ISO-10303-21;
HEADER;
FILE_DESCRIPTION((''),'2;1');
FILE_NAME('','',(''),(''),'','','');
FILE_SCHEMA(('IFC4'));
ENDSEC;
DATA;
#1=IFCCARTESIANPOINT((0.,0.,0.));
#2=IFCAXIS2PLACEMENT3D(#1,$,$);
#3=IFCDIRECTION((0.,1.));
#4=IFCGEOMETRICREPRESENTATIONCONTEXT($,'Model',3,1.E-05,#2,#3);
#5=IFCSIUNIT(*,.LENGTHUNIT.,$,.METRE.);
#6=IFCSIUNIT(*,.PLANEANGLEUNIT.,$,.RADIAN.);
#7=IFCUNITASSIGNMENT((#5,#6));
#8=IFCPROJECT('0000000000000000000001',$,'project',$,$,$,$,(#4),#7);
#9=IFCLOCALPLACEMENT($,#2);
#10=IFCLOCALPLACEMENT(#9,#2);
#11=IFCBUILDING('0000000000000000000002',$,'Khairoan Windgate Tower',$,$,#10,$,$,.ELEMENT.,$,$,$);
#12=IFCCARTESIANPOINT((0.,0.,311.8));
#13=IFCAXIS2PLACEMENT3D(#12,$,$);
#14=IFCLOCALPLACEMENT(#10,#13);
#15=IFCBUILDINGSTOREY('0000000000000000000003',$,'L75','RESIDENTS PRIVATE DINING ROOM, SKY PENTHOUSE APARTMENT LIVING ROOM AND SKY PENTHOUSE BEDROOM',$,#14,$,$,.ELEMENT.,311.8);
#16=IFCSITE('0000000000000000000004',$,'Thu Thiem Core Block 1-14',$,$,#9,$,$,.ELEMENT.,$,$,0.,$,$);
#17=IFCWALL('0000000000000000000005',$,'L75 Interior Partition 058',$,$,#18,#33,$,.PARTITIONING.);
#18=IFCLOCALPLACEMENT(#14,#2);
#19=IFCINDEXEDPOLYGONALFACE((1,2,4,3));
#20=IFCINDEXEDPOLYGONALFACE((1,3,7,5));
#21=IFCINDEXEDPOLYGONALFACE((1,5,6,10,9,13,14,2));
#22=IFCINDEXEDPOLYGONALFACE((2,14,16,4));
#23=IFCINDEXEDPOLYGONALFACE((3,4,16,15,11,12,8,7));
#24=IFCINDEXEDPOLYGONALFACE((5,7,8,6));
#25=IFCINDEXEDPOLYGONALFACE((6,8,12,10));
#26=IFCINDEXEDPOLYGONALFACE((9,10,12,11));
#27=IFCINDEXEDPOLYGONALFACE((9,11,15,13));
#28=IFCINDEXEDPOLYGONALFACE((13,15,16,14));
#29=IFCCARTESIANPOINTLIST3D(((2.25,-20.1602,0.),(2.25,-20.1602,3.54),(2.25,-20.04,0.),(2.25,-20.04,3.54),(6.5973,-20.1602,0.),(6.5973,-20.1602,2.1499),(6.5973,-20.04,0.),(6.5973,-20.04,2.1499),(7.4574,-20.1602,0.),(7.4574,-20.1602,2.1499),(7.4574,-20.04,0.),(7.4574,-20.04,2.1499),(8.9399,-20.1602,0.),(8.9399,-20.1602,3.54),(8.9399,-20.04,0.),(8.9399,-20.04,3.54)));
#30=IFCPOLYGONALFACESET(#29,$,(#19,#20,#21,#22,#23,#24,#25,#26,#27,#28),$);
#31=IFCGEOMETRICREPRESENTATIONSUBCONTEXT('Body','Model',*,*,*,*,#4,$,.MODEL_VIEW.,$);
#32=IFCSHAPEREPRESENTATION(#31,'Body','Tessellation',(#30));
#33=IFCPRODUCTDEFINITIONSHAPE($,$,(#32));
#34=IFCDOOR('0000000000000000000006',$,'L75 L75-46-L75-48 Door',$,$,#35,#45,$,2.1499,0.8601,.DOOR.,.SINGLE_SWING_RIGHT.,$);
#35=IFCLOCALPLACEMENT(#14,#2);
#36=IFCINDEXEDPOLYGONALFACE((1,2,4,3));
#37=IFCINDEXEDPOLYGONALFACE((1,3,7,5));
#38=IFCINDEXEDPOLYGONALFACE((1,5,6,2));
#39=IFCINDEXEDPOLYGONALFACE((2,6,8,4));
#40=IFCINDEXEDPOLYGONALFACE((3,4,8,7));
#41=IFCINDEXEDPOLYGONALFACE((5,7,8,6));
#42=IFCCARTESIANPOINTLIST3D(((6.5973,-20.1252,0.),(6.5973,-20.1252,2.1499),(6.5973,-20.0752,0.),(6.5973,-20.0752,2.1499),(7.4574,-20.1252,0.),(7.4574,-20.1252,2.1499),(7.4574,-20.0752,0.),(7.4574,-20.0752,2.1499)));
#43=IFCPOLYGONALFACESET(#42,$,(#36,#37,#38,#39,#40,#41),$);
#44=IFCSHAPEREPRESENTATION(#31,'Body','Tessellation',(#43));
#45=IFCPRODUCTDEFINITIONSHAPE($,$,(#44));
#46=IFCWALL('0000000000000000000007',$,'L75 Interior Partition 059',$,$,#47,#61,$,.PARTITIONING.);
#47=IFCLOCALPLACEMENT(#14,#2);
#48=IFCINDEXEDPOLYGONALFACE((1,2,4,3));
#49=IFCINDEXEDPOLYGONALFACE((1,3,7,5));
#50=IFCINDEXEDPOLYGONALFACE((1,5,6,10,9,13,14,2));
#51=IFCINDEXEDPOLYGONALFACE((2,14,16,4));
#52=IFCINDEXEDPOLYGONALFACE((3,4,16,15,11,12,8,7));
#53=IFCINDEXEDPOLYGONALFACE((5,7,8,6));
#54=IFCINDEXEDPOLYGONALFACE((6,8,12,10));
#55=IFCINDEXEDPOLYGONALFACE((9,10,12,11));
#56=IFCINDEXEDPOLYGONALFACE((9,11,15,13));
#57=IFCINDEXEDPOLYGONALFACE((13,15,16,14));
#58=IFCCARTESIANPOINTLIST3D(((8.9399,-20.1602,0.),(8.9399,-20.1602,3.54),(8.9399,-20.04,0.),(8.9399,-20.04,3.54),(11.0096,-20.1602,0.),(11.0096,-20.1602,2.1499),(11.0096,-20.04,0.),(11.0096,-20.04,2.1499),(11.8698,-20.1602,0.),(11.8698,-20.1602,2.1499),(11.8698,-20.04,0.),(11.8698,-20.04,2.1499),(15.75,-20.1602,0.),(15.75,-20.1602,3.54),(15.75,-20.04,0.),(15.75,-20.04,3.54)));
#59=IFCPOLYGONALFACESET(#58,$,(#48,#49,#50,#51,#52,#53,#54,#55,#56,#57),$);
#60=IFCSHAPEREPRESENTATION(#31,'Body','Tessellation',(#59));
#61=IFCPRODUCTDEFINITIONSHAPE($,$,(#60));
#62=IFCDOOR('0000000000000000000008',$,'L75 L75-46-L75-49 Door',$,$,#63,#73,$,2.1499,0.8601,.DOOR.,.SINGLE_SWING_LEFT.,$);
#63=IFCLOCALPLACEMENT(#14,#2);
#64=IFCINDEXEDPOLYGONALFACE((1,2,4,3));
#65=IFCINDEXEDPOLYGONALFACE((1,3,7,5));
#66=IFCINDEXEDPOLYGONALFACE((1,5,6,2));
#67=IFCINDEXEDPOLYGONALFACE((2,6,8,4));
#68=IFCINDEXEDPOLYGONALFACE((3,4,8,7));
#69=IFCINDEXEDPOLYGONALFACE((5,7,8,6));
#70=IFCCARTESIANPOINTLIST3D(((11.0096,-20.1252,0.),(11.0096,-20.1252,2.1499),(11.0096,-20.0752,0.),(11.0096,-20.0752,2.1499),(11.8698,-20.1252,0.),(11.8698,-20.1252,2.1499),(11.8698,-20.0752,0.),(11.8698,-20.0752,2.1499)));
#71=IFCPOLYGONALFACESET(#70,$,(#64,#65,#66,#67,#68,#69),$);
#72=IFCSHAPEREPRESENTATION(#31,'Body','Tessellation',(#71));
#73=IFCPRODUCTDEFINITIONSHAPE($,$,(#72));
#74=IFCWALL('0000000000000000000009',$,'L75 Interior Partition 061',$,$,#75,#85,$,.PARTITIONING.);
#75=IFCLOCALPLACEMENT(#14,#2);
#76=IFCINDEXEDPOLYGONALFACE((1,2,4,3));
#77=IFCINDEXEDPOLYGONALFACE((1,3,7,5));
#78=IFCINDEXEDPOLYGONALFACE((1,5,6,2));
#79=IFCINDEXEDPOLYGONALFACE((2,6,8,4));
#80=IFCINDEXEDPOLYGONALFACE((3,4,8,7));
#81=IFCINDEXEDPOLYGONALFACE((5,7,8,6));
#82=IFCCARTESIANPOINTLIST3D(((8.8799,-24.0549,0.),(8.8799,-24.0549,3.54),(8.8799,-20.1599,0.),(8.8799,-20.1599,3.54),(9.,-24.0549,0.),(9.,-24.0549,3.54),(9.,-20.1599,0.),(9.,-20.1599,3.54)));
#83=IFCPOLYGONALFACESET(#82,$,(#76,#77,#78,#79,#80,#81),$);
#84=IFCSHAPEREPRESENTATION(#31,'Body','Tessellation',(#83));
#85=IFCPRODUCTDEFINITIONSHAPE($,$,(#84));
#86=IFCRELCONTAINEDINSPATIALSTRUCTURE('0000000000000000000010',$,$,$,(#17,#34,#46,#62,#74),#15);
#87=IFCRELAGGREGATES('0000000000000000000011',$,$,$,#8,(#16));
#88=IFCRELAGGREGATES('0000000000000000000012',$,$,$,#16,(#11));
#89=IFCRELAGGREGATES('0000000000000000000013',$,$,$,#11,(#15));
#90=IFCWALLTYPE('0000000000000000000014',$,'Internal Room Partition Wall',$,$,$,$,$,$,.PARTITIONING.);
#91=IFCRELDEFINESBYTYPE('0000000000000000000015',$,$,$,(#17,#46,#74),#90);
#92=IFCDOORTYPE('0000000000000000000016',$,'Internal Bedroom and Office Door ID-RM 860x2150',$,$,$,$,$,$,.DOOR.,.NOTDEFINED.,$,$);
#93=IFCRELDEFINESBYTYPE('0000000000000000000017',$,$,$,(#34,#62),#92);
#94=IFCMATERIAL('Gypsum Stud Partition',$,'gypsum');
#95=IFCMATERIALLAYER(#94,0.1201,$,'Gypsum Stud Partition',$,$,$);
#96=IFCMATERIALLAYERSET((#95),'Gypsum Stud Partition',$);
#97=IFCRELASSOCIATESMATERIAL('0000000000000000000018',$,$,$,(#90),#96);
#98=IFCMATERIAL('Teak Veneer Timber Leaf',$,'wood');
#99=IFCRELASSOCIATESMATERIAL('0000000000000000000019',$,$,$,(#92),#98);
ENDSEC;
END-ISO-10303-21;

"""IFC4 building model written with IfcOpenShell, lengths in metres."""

from ifc_helpers import new_model, si_unit, direction, frame, frame_2d, origin, place, context, subcontext, project, spatial, rectangle, extrude, material, layer, layer_set, type_object, element, fill, save


model = new_model("IFC4")

# Units and contexts
model_context = context("Model", 3, precision=1e-05, world=origin(), true_north=direction((0.0, 1.0)))
body_context = subcontext(model_context, "Body", "Model", "MODEL_VIEW")
ifc_project = project(units=[si_unit("LENGTHUNIT", "METRE"), si_unit("PLANEANGLEUNIT", "RADIAN")], contexts=[model_context])

# Site, building, storey
site_placement = place(None, origin())
site = spatial("IfcSite", under=ifc_project, at=site_placement, Name="Thu Thiem Core Block 1-14", CompositionType="ELEMENT", RefElevation=0.0)
building_placement = place(site_placement, origin())
building = spatial("IfcBuilding", under=site, at=building_placement, Name="Khairoan Windgate Tower", CompositionType="ELEMENT")
storey_placement = place(building_placement, frame((0.0, 0.0, 311.8)))
storey = spatial("IfcBuildingStorey", under=building, at=storey_placement, Name="L75", Description="RESIDENTS PRIVATE DINING ROOM, SKY PENTHOUSE APARTMENT LIVING ROOM AND SKY PENTHOUSE BEDROOM", CompositionType="ELEMENT", Elevation=311.8)

# Shared definitions
ifc_material_1 = material(Name="Gypsum Stud Partition", Category="gypsum")
ifc_layer_1 = layer(ifc_material_1, 0.1201, Name="Gypsum Stud Partition")
ifc_layer_set_1 = layer_set([ifc_layer_1], Name="Gypsum Stud Partition")
wall_type_1 = type_object("IfcWallType", Name="Internal Room Partition Wall", PredefinedType="PARTITIONING", material=ifc_layer_set_1)
ifc_material_2 = material(Name="Teak Veneer Timber Leaf", Category="wood")
door_type_1 = type_object("IfcDoorType", Name="Internal Bedroom and Office Door ID-RM 860x2150", OperationType="NOTDEFINED", PredefinedType="DOOR", material=ifc_material_2)

# Walls, openings, doors
wall_1_placement = place(storey_placement, frame((2.25, -20.1001, 0.0), z_axis=(0.0, 0.0, 1.0), x_axis=(1.0, 0.0, 0.0)))
wall_1 = element("IfcWall", 1, at=wall_1_placement, inside=storey, type_object=wall_type_1, Name="L75 Interior Partition 058", PredefinedType="PARTITIONING", context=body_context, shape_type="SweptSolid", body=[
    extrude(rectangle(XDim=6.6899, YDim=0.1201, at=frame_2d((3.345, 0.0))), origin(), (0.0, 0.0, 1.0), 3.54),
])
opening_1_placement = place(wall_1_placement, frame((4.3472, 0.0, 0.0)))
opening_1 = element("IfcOpeningElement", 2, at=opening_1_placement, cuts=wall_1, PredefinedType="OPENING", context=body_context, shape_type="SweptSolid", body=[
    extrude(rectangle(XDim=0.8601, YDim=2.1499, at=frame_2d((0.4302, 1.075))), frame((0.0, 0.0701, 0.0), z_axis=(0.0, -1.0, 0.0), x_axis=(1.0, 0.0, 0.0)), (0.0, 0.0, 1.0), 0.1401),
])
door_1_placement = place(opening_1_placement, origin())
door_1 = element("IfcDoor", 3, at=door_1_placement, inside=storey, type_object=door_type_1, Name="L75 L75-46-L75-48 Door", OperationType="SINGLE_SWING_RIGHT", OverallHeight=2.1499, OverallWidth=0.8601, PredefinedType="DOOR", context=body_context, shape_type="SweptSolid", body=[
    extrude(rectangle(XDim=0.8601, YDim=2.1499, at=frame_2d((0.4302, 1.075))), frame((0.0, 0.0249, 0.0), z_axis=(0.0, -1.0, 0.0), x_axis=(1.0, 0.0, 0.0)), (0.0, 0.0, 1.0), 0.05),
])
fill(opening_1, door_1)
wall_2_placement = place(storey_placement, frame((8.9399, -20.1001, 0.0), z_axis=(0.0, 0.0, 1.0), x_axis=(1.0, 0.0, 0.0)))
wall_2 = element("IfcWall", 4, at=wall_2_placement, inside=storey, type_object=wall_type_1, Name="L75 Interior Partition 059", PredefinedType="PARTITIONING", context=body_context, shape_type="SweptSolid", body=[
    extrude(rectangle(XDim=6.8101, YDim=0.1201, at=frame_2d((3.405, 0.0))), origin(), (0.0, 0.0, 1.0), 3.54),
])
opening_2_placement = place(wall_2_placement, frame((2.0696, 0.0, 0.0)))
opening_2 = element("IfcOpeningElement", 5, at=opening_2_placement, cuts=wall_2, PredefinedType="OPENING", context=body_context, shape_type="SweptSolid", body=[
    extrude(rectangle(XDim=0.8601, YDim=2.1499, at=frame_2d((0.4302, 1.075))), frame((0.0, 0.0701, 0.0), z_axis=(0.0, -1.0, 0.0), x_axis=(1.0, 0.0, 0.0)), (0.0, 0.0, 1.0), 0.1401),
])
door_2_placement = place(opening_2_placement, origin())
door_2 = element("IfcDoor", 6, at=door_2_placement, inside=storey, type_object=door_type_1, Name="L75 L75-46-L75-49 Door", OperationType="SINGLE_SWING_LEFT", OverallHeight=2.1499, OverallWidth=0.8601, PredefinedType="DOOR", context=body_context, shape_type="SweptSolid", body=[
    extrude(rectangle(XDim=0.8601, YDim=2.1499, at=frame_2d((0.4302, 1.075))), frame((0.0, 0.0249, 0.0), z_axis=(0.0, -1.0, 0.0), x_axis=(1.0, 0.0, 0.0)), (0.0, 0.0, 1.0), 0.05),
])
fill(opening_2, door_2)

# Wall
wall_3_placement = place(storey_placement, frame((8.9399, -24.0549, 0.0), z_axis=(0.0, 0.0, 1.0), x_axis=(0.0, 1.0, 0.0)))
element("IfcWall", 7, at=wall_3_placement, inside=storey, type_object=wall_type_1, Name="L75 Interior Partition 061", PredefinedType="PARTITIONING", context=body_context, shape_type="SweptSolid", body=[
    extrude(rectangle(XDim=3.895, YDim=0.1201, at=frame_2d((1.9475, 0.0))), origin(), (0.0, 0.0, 1.0), 3.54),
])

save(model, "model.ifc")
